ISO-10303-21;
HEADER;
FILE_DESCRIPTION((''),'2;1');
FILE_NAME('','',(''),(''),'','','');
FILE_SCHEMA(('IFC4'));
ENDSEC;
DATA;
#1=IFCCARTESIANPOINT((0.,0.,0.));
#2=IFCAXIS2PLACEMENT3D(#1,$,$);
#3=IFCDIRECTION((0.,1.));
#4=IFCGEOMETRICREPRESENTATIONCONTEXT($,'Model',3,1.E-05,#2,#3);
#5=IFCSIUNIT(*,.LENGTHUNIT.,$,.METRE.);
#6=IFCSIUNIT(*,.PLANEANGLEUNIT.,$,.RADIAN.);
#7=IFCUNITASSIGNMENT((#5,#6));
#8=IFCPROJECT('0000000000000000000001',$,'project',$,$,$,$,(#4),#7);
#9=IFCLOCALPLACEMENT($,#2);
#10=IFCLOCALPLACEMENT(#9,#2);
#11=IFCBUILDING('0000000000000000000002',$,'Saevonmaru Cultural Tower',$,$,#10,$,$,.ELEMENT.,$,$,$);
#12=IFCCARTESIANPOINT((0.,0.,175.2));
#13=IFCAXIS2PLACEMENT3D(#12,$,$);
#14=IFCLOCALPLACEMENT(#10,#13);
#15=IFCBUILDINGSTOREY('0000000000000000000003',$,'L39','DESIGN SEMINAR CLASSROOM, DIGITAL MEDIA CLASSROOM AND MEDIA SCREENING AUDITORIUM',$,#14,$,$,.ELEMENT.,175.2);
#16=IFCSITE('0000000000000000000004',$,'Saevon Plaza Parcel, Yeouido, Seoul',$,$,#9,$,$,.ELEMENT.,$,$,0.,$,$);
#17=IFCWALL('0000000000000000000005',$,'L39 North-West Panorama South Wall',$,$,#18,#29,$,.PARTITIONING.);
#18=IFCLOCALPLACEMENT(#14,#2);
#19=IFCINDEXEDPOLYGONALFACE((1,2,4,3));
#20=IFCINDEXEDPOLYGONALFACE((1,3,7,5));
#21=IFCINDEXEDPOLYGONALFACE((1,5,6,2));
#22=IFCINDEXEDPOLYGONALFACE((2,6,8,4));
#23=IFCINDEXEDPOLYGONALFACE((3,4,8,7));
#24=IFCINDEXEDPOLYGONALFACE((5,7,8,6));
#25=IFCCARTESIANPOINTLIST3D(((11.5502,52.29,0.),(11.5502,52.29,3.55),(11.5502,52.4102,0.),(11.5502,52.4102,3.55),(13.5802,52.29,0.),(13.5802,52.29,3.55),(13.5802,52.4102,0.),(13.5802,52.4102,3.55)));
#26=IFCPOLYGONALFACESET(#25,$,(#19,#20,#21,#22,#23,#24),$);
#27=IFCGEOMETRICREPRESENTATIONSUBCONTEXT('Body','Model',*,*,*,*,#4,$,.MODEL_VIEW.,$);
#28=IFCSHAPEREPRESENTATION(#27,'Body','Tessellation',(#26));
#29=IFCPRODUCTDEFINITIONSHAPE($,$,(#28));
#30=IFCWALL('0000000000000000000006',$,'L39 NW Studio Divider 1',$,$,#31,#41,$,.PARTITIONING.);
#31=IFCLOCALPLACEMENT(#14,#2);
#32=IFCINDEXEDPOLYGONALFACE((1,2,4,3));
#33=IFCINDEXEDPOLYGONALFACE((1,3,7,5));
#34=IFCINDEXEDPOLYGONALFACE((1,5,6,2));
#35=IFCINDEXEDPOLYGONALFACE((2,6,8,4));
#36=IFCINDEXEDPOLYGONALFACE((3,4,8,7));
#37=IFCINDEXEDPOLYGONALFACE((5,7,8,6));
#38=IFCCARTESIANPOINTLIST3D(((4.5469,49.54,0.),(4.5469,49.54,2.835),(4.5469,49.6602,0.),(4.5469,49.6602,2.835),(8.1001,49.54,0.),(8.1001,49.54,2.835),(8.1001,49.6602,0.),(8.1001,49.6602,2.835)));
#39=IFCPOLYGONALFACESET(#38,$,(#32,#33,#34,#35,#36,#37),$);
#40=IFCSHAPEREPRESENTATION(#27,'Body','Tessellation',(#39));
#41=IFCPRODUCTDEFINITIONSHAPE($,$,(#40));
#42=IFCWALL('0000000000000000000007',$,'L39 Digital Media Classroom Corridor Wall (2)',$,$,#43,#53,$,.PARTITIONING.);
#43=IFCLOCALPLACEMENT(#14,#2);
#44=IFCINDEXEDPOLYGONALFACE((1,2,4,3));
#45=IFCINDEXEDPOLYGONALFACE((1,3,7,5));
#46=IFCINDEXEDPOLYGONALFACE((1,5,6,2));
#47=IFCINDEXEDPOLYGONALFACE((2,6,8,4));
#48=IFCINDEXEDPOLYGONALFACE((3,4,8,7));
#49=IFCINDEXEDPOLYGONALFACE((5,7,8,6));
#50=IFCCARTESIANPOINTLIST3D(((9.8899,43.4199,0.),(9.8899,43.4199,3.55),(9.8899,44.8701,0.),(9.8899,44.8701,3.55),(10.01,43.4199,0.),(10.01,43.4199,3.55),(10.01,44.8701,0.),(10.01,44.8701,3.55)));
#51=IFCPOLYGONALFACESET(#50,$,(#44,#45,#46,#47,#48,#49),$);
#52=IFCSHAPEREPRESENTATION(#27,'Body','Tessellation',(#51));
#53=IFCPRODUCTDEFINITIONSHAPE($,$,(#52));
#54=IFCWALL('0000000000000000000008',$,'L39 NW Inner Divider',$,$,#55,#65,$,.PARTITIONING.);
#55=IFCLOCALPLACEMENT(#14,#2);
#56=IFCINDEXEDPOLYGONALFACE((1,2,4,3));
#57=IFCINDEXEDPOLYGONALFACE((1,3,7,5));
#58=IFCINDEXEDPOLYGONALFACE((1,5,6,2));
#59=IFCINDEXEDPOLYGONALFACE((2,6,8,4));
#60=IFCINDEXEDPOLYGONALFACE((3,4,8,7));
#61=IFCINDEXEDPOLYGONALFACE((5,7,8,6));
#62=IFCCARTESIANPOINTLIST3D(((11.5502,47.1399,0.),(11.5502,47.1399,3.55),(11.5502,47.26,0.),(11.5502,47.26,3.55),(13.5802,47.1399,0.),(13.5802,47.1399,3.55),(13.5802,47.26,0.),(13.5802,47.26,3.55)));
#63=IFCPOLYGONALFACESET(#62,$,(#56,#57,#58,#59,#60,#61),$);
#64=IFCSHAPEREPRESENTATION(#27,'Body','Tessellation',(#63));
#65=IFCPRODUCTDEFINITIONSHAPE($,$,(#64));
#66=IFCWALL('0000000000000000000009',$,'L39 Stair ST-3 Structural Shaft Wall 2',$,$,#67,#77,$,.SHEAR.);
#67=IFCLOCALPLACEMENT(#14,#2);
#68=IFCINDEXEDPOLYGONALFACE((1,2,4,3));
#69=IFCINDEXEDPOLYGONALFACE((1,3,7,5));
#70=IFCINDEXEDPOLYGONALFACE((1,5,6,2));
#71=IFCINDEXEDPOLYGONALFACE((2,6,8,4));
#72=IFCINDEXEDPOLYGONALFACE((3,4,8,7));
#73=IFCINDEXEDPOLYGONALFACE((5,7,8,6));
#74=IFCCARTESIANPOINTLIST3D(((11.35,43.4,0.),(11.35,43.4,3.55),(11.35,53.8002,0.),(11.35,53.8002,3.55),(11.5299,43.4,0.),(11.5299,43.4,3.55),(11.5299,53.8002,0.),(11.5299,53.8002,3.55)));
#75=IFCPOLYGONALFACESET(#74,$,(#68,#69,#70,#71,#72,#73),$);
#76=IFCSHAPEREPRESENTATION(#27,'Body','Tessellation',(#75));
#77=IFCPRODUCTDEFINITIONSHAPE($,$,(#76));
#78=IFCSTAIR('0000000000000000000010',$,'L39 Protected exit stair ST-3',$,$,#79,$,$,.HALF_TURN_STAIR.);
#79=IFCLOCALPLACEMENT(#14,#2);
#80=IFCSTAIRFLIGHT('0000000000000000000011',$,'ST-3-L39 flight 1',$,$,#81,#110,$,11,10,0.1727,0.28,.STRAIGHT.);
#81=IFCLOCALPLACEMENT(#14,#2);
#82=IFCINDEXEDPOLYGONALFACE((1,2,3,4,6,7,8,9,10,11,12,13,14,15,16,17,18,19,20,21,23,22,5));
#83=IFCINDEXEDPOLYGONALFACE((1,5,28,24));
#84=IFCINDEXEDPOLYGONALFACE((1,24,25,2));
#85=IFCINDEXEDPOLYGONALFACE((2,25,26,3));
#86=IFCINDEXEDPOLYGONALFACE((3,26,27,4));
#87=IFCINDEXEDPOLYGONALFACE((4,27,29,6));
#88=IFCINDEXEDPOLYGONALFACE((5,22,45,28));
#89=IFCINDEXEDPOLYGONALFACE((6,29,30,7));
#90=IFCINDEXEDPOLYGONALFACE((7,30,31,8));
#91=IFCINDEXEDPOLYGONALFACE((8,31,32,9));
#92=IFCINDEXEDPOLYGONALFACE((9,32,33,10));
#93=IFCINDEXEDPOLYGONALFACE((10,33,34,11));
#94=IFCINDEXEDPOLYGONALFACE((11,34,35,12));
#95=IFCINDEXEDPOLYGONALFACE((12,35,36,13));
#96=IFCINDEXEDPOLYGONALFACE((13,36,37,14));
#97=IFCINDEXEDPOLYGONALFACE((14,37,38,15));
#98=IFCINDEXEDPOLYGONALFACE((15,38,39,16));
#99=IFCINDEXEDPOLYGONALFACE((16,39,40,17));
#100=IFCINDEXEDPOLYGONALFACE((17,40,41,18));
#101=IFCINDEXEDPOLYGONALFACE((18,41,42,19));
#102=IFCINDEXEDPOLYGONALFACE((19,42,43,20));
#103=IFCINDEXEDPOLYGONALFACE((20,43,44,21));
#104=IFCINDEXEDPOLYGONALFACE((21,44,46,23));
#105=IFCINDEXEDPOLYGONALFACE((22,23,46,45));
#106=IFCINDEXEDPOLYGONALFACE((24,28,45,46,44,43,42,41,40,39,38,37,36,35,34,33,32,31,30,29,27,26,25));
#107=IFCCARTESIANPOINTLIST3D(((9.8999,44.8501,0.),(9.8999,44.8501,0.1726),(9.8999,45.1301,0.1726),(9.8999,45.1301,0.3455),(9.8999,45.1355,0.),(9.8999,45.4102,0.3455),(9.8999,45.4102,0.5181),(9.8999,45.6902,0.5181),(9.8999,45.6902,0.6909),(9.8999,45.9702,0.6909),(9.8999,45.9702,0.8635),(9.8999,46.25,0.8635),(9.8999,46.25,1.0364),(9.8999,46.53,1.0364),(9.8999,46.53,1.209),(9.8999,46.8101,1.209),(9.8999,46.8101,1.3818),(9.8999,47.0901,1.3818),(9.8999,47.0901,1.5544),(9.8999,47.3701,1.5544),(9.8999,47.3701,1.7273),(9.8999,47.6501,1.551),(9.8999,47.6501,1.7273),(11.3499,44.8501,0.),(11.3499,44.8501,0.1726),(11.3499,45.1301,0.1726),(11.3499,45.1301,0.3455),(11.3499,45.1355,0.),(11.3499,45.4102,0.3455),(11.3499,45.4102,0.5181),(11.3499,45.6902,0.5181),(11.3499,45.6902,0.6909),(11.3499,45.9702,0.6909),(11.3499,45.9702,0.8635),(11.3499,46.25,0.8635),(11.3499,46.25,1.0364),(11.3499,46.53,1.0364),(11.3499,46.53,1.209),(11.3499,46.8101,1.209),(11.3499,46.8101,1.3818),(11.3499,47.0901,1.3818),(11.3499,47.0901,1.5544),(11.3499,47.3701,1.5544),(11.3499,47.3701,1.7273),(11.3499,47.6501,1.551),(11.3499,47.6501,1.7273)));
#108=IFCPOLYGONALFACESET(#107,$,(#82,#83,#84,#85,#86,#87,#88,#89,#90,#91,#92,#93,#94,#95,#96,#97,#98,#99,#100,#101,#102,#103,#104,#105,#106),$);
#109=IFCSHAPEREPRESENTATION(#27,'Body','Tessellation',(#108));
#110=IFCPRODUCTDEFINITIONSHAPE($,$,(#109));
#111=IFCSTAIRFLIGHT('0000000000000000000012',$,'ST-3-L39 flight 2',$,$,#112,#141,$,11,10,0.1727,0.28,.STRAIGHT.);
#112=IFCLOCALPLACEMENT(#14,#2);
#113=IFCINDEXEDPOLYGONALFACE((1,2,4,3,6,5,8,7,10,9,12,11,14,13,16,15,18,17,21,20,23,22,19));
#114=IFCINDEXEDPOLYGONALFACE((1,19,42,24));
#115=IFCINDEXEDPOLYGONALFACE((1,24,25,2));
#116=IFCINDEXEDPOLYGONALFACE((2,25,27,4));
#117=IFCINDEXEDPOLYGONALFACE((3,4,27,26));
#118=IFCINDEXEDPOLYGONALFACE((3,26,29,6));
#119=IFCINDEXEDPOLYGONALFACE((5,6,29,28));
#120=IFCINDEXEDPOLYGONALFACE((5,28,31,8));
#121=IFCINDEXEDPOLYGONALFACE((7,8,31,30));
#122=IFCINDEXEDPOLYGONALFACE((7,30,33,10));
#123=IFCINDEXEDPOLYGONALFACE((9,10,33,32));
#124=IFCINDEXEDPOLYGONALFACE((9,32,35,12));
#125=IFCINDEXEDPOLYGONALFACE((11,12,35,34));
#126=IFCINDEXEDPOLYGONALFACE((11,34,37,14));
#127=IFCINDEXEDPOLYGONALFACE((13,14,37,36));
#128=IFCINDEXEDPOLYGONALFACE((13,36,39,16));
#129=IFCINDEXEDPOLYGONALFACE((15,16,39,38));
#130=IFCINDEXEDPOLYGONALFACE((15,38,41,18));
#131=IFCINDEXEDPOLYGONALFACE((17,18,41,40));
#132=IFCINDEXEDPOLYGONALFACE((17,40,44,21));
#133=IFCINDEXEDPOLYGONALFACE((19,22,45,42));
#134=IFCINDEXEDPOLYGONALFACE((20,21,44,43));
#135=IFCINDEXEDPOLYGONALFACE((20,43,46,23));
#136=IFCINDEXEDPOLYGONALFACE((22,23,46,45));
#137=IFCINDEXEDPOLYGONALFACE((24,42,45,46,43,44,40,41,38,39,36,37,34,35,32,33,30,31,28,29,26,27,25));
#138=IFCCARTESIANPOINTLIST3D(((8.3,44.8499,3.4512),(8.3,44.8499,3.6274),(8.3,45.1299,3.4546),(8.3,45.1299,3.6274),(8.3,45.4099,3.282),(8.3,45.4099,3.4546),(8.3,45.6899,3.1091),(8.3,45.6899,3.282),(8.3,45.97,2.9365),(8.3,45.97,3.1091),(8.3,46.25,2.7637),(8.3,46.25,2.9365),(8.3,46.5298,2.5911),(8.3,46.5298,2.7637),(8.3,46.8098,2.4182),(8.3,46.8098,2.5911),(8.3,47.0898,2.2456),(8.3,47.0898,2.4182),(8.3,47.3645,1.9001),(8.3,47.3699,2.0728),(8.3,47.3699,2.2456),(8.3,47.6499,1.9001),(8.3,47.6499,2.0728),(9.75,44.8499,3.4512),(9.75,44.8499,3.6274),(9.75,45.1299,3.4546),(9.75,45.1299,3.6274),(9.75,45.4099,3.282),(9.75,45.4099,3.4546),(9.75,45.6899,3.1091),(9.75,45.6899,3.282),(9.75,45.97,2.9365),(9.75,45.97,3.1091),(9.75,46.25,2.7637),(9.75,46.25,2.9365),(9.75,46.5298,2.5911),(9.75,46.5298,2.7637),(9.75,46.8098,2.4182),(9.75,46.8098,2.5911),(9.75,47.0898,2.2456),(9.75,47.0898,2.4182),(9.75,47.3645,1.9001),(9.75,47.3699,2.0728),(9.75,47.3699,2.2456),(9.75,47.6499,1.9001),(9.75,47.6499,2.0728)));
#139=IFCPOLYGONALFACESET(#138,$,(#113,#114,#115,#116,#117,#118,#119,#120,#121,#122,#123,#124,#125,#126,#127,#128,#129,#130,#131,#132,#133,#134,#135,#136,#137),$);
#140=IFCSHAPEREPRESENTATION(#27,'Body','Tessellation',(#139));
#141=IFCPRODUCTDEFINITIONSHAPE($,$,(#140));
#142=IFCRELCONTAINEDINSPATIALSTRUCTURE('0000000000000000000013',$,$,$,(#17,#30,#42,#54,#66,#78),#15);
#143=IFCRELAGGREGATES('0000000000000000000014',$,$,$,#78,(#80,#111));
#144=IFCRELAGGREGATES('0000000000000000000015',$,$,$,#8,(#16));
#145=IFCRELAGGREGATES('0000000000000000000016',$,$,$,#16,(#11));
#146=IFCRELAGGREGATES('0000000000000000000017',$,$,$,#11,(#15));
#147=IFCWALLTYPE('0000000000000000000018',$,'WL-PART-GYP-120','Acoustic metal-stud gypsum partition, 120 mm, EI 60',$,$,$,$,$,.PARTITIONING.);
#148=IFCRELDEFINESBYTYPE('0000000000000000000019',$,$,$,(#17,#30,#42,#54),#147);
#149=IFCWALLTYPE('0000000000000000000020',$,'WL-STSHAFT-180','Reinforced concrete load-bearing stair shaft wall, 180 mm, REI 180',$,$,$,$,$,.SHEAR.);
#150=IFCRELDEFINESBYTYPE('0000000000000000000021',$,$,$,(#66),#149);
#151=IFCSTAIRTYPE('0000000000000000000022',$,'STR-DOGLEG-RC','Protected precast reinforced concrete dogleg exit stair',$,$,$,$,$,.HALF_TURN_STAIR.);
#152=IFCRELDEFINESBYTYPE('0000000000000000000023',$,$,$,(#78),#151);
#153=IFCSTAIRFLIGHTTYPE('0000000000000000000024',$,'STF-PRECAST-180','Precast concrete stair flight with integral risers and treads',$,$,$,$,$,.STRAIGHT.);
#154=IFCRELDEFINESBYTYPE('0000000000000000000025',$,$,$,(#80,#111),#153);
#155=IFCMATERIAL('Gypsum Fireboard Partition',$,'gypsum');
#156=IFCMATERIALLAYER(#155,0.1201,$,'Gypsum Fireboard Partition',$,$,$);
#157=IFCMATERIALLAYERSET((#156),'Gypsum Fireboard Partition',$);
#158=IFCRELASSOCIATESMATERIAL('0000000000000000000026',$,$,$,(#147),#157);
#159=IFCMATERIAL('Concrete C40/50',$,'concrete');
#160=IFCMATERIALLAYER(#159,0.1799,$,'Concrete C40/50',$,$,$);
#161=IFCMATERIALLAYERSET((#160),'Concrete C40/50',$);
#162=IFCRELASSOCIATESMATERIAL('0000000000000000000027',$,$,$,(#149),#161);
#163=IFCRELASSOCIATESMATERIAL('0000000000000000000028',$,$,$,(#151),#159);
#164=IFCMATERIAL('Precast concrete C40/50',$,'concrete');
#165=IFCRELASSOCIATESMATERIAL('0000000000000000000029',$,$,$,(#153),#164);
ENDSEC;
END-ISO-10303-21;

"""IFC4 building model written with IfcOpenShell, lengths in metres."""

from ifc_helpers import new_model, si_unit, direction, frame, frame_2d, origin, place, context, subcontext, project, spatial, polyline, rectangle, outline, extrude, material, layer, layer_set, type_object, element, aggregate, save


model = new_model("IFC4")

# Units and contexts
model_context = context("Model", 3, precision=1e-05, world=origin(), true_north=direction((0.0, 1.0)))
body_context = subcontext(model_context, "Body", "Model", "MODEL_VIEW")
ifc_project = project(units=[si_unit("LENGTHUNIT", "METRE"), si_unit("PLANEANGLEUNIT", "RADIAN")], contexts=[model_context])

# Site, building, storey
site_placement = place(None, origin())
site = spatial("IfcSite", under=ifc_project, at=site_placement, Name="Saevon Plaza Parcel, Yeouido, Seoul", CompositionType="ELEMENT", RefElevation=0.0)
building_placement = place(site_placement, origin())
building = spatial("IfcBuilding", under=site, at=building_placement, Name="Saevonmaru Cultural Tower", CompositionType="ELEMENT")
storey_placement = place(building_placement, frame((0.0, 0.0, 175.2)))
storey = spatial("IfcBuildingStorey", under=building, at=storey_placement, Name="L39", Description="DESIGN SEMINAR CLASSROOM, DIGITAL MEDIA CLASSROOM AND MEDIA SCREENING AUDITORIUM", CompositionType="ELEMENT", Elevation=175.2)

# Walls
ifc_material_1 = material(Name="Gypsum Fireboard Partition", Category="gypsum")
ifc_layer_1 = layer(ifc_material_1, 0.1201, Name="Gypsum Fireboard Partition")
ifc_layer_set_1 = layer_set([ifc_layer_1], Name="Gypsum Fireboard Partition")
wall_type_1 = type_object("IfcWallType", Name="WL-PART-GYP-120", Description="Acoustic metal-stud gypsum partition, 120 mm, EI 60", PredefinedType="PARTITIONING", material=ifc_layer_set_1)
wall_1_placement = place(storey_placement, frame((11.55, 52.3501, 0.0), z_axis=(0.0, 0.0, 1.0), x_axis=(1.0, 0.0, 0.0)))
element("IfcWall", 1, at=wall_1_placement, inside=storey, type_object=wall_type_1, Name="L39 North-West Panorama South Wall", PredefinedType="PARTITIONING", context=body_context, shape_type="SweptSolid", body=[
    extrude(rectangle(XDim=2.03, YDim=0.1201, at=frame_2d((1.0151, 0.0))), origin(), (0.0, 0.0, 1.0), 3.55),
])
wall_2_placement = place(storey_placement, frame((4.5469, 49.6001, 0.0), z_axis=(0.0, 0.0, 1.0), x_axis=(1.0, 0.0, 0.0)))
element("IfcWall", 2, at=wall_2_placement, inside=storey, type_object=wall_type_1, Name="L39 NW Studio Divider 1", PredefinedType="PARTITIONING", context=body_context, shape_type="SweptSolid", body=[
    extrude(rectangle(XDim=3.5532, YDim=0.1201, at=frame_2d((1.7766, 0.0))), origin(), (0.0, 0.0, 1.0), 2.835),
])
wall_3_placement = place(storey_placement, frame((9.95, 43.4199, 0.0), z_axis=(0.0, 0.0, 1.0), x_axis=(0.0, 1.0, 0.0)))
element("IfcWall", 3, at=wall_3_placement, inside=storey, type_object=wall_type_1, Name="L39 Digital Media Classroom Corridor Wall (2)", PredefinedType="PARTITIONING", context=body_context, shape_type="SweptSolid", body=[
    extrude(rectangle(XDim=1.4502, YDim=0.1201, at=frame_2d((0.7251, 0.0))), origin(), (0.0, 0.0, 1.0), 3.55),
])
wall_4_placement = place(storey_placement, frame((11.55, 47.2, 0.0), z_axis=(0.0, 0.0, 1.0), x_axis=(1.0, 0.0, 0.0)))
element("IfcWall", 4, at=wall_4_placement, inside=storey, type_object=wall_type_1, Name="L39 NW Inner Divider", PredefinedType="PARTITIONING", context=body_context, shape_type="SweptSolid", body=[
    extrude(rectangle(XDim=2.03, YDim=0.1201, at=frame_2d((1.0151, 0.0))), origin(), (0.0, 0.0, 1.0), 3.55),
])

# Shared definitions
ifc_material_2 = material(Name="Concrete C40/50", Category="concrete")
ifc_layer_2 = layer(ifc_material_2, 0.1799, Name="Concrete C40/50")
ifc_layer_set_2 = layer_set([ifc_layer_2], Name="Concrete C40/50")
wall_type_2 = type_object("IfcWallType", Name="WL-STSHAFT-180", Description="Reinforced concrete load-bearing stair shaft wall, 180 mm, REI 180", PredefinedType="SHEAR", material=ifc_layer_set_2)

# Wall
wall_5_placement = place(storey_placement, frame((11.4399, 43.3999, 0.0), z_axis=(0.0, 0.0, 1.0), x_axis=(0.0, 1.0, 0.0)))
element("IfcWall", 5, at=wall_5_placement, inside=storey, type_object=wall_type_2, Name="L39 Stair ST-3 Structural Shaft Wall 2", PredefinedType="SHEAR", context=body_context, shape_type="SweptSolid", body=[
    extrude(rectangle(XDim=10.4001, YDim=0.1799, at=frame_2d((5.2002, 0.0))), origin(), (0.0, 0.0, 1.0), 3.55),
])

# Stair, stair flights
stair_type = type_object("IfcStairType", Name="STR-DOGLEG-RC", Description="Protected precast reinforced concrete dogleg exit stair", PredefinedType="HALF_TURN_STAIR", material=ifc_material_2)
stair_placement = place(storey_placement, origin())
stair = element("IfcStair", 6, at=stair_placement, inside=storey, type_object=stair_type, Name="L39 Protected exit stair ST-3", PredefinedType="HALF_TURN_STAIR")
ifc_material_3 = material(Name="Precast concrete C40/50", Category="concrete")
stair_flight_type = type_object("IfcStairFlightType", Name="STF-PRECAST-180", Description="Precast concrete stair flight with integral risers and treads", PredefinedType="STRAIGHT", material=ifc_material_3)
stair_flight_1_placement = place(storey_placement, frame((10.625, 44.8501, 0.0), z_axis=(0.0, 0.0, 1.0), x_axis=(0.0, 1.0, 0.0)))
stair_flight_1 = element("IfcStairFlight", 7, at=stair_flight_1_placement, type_object=stair_flight_type, Name="ST-3-L39 flight 1", NumberOfRisers=11, NumberOfTreads=10, PredefinedType="STRAIGHT", RiserHeight=0.1727, TreadLength=0.28, context=body_context, shape_type="SweptSolid", body=[
    extrude(outline(polyline([(0.0, 0.0), (0.0, 0.1726), (0.28, 0.1726), (0.28, 0.3455), (0.5601, 0.3455), (0.5601, 0.5181), (0.8401, 0.5181), (0.8401, 0.6909), (1.1201, 0.6909), (1.1201, 0.8635), (1.3999, 0.8635), (1.3999, 1.0364), (1.6799, 1.0364), (1.6799, 1.209), (1.96, 1.209), (1.96, 1.3818), (2.24, 1.3818), (2.24, 1.5544), (2.52, 1.5544), (2.52, 1.7273), (2.8, 1.7273), (2.8, 1.8999), (2.8, 1.551), (0.2854, 0.0), (0.0, 0.0)])), frame((0.0, 0.7251, 0.0), z_axis=(0.0, -1.0, 0.0), x_axis=(1.0, 0.0, 0.0)), (0.0, 0.0, 1.0), 1.45),
])
stair_flight_2_placement = place(storey_placement, frame((9.0249, 47.6499, 1.9001), z_axis=(0.0, 0.0, 1.0), x_axis=(0.0, -1.0, 0.0)))
stair_flight_2 = element("IfcStairFlight", 8, at=stair_flight_2_placement, type_object=stair_flight_type, Name="ST-3-L39 flight 2", NumberOfRisers=11, NumberOfTreads=10, PredefinedType="STRAIGHT", RiserHeight=0.1727, TreadLength=0.28, context=body_context, shape_type="SweptSolid", body=[
    extrude(outline(polyline([(0.0, 0.0), (0.0, 0.1726), (0.28, 0.1726), (0.28, 0.3455), (0.5601, 0.3455), (0.5601, 0.5181), (0.8401, 0.5181), (0.8401, 0.6909), (1.1201, 0.6909), (1.1201, 0.8635), (1.3999, 0.8635), (1.3999, 1.0364), (1.6799, 1.0364), (1.6799, 1.209), (1.96, 1.209), (1.96, 1.3818), (2.24, 1.3818), (2.24, 1.5544), (2.52, 1.5544), (2.52, 1.7273), (2.8, 1.7273), (2.8, 1.8999), (2.8, 1.551), (0.2854, 0.0), (0.0, 0.0)])), frame((0.0, 0.7251, 0.0), z_axis=(0.0, -1.0, 0.0), x_axis=(1.0, 0.0, 0.0)), (0.0, 0.0, 1.0), 1.45),
])
aggregate(stair, [stair_flight_1, stair_flight_2])

save(model, "model.ifc")
